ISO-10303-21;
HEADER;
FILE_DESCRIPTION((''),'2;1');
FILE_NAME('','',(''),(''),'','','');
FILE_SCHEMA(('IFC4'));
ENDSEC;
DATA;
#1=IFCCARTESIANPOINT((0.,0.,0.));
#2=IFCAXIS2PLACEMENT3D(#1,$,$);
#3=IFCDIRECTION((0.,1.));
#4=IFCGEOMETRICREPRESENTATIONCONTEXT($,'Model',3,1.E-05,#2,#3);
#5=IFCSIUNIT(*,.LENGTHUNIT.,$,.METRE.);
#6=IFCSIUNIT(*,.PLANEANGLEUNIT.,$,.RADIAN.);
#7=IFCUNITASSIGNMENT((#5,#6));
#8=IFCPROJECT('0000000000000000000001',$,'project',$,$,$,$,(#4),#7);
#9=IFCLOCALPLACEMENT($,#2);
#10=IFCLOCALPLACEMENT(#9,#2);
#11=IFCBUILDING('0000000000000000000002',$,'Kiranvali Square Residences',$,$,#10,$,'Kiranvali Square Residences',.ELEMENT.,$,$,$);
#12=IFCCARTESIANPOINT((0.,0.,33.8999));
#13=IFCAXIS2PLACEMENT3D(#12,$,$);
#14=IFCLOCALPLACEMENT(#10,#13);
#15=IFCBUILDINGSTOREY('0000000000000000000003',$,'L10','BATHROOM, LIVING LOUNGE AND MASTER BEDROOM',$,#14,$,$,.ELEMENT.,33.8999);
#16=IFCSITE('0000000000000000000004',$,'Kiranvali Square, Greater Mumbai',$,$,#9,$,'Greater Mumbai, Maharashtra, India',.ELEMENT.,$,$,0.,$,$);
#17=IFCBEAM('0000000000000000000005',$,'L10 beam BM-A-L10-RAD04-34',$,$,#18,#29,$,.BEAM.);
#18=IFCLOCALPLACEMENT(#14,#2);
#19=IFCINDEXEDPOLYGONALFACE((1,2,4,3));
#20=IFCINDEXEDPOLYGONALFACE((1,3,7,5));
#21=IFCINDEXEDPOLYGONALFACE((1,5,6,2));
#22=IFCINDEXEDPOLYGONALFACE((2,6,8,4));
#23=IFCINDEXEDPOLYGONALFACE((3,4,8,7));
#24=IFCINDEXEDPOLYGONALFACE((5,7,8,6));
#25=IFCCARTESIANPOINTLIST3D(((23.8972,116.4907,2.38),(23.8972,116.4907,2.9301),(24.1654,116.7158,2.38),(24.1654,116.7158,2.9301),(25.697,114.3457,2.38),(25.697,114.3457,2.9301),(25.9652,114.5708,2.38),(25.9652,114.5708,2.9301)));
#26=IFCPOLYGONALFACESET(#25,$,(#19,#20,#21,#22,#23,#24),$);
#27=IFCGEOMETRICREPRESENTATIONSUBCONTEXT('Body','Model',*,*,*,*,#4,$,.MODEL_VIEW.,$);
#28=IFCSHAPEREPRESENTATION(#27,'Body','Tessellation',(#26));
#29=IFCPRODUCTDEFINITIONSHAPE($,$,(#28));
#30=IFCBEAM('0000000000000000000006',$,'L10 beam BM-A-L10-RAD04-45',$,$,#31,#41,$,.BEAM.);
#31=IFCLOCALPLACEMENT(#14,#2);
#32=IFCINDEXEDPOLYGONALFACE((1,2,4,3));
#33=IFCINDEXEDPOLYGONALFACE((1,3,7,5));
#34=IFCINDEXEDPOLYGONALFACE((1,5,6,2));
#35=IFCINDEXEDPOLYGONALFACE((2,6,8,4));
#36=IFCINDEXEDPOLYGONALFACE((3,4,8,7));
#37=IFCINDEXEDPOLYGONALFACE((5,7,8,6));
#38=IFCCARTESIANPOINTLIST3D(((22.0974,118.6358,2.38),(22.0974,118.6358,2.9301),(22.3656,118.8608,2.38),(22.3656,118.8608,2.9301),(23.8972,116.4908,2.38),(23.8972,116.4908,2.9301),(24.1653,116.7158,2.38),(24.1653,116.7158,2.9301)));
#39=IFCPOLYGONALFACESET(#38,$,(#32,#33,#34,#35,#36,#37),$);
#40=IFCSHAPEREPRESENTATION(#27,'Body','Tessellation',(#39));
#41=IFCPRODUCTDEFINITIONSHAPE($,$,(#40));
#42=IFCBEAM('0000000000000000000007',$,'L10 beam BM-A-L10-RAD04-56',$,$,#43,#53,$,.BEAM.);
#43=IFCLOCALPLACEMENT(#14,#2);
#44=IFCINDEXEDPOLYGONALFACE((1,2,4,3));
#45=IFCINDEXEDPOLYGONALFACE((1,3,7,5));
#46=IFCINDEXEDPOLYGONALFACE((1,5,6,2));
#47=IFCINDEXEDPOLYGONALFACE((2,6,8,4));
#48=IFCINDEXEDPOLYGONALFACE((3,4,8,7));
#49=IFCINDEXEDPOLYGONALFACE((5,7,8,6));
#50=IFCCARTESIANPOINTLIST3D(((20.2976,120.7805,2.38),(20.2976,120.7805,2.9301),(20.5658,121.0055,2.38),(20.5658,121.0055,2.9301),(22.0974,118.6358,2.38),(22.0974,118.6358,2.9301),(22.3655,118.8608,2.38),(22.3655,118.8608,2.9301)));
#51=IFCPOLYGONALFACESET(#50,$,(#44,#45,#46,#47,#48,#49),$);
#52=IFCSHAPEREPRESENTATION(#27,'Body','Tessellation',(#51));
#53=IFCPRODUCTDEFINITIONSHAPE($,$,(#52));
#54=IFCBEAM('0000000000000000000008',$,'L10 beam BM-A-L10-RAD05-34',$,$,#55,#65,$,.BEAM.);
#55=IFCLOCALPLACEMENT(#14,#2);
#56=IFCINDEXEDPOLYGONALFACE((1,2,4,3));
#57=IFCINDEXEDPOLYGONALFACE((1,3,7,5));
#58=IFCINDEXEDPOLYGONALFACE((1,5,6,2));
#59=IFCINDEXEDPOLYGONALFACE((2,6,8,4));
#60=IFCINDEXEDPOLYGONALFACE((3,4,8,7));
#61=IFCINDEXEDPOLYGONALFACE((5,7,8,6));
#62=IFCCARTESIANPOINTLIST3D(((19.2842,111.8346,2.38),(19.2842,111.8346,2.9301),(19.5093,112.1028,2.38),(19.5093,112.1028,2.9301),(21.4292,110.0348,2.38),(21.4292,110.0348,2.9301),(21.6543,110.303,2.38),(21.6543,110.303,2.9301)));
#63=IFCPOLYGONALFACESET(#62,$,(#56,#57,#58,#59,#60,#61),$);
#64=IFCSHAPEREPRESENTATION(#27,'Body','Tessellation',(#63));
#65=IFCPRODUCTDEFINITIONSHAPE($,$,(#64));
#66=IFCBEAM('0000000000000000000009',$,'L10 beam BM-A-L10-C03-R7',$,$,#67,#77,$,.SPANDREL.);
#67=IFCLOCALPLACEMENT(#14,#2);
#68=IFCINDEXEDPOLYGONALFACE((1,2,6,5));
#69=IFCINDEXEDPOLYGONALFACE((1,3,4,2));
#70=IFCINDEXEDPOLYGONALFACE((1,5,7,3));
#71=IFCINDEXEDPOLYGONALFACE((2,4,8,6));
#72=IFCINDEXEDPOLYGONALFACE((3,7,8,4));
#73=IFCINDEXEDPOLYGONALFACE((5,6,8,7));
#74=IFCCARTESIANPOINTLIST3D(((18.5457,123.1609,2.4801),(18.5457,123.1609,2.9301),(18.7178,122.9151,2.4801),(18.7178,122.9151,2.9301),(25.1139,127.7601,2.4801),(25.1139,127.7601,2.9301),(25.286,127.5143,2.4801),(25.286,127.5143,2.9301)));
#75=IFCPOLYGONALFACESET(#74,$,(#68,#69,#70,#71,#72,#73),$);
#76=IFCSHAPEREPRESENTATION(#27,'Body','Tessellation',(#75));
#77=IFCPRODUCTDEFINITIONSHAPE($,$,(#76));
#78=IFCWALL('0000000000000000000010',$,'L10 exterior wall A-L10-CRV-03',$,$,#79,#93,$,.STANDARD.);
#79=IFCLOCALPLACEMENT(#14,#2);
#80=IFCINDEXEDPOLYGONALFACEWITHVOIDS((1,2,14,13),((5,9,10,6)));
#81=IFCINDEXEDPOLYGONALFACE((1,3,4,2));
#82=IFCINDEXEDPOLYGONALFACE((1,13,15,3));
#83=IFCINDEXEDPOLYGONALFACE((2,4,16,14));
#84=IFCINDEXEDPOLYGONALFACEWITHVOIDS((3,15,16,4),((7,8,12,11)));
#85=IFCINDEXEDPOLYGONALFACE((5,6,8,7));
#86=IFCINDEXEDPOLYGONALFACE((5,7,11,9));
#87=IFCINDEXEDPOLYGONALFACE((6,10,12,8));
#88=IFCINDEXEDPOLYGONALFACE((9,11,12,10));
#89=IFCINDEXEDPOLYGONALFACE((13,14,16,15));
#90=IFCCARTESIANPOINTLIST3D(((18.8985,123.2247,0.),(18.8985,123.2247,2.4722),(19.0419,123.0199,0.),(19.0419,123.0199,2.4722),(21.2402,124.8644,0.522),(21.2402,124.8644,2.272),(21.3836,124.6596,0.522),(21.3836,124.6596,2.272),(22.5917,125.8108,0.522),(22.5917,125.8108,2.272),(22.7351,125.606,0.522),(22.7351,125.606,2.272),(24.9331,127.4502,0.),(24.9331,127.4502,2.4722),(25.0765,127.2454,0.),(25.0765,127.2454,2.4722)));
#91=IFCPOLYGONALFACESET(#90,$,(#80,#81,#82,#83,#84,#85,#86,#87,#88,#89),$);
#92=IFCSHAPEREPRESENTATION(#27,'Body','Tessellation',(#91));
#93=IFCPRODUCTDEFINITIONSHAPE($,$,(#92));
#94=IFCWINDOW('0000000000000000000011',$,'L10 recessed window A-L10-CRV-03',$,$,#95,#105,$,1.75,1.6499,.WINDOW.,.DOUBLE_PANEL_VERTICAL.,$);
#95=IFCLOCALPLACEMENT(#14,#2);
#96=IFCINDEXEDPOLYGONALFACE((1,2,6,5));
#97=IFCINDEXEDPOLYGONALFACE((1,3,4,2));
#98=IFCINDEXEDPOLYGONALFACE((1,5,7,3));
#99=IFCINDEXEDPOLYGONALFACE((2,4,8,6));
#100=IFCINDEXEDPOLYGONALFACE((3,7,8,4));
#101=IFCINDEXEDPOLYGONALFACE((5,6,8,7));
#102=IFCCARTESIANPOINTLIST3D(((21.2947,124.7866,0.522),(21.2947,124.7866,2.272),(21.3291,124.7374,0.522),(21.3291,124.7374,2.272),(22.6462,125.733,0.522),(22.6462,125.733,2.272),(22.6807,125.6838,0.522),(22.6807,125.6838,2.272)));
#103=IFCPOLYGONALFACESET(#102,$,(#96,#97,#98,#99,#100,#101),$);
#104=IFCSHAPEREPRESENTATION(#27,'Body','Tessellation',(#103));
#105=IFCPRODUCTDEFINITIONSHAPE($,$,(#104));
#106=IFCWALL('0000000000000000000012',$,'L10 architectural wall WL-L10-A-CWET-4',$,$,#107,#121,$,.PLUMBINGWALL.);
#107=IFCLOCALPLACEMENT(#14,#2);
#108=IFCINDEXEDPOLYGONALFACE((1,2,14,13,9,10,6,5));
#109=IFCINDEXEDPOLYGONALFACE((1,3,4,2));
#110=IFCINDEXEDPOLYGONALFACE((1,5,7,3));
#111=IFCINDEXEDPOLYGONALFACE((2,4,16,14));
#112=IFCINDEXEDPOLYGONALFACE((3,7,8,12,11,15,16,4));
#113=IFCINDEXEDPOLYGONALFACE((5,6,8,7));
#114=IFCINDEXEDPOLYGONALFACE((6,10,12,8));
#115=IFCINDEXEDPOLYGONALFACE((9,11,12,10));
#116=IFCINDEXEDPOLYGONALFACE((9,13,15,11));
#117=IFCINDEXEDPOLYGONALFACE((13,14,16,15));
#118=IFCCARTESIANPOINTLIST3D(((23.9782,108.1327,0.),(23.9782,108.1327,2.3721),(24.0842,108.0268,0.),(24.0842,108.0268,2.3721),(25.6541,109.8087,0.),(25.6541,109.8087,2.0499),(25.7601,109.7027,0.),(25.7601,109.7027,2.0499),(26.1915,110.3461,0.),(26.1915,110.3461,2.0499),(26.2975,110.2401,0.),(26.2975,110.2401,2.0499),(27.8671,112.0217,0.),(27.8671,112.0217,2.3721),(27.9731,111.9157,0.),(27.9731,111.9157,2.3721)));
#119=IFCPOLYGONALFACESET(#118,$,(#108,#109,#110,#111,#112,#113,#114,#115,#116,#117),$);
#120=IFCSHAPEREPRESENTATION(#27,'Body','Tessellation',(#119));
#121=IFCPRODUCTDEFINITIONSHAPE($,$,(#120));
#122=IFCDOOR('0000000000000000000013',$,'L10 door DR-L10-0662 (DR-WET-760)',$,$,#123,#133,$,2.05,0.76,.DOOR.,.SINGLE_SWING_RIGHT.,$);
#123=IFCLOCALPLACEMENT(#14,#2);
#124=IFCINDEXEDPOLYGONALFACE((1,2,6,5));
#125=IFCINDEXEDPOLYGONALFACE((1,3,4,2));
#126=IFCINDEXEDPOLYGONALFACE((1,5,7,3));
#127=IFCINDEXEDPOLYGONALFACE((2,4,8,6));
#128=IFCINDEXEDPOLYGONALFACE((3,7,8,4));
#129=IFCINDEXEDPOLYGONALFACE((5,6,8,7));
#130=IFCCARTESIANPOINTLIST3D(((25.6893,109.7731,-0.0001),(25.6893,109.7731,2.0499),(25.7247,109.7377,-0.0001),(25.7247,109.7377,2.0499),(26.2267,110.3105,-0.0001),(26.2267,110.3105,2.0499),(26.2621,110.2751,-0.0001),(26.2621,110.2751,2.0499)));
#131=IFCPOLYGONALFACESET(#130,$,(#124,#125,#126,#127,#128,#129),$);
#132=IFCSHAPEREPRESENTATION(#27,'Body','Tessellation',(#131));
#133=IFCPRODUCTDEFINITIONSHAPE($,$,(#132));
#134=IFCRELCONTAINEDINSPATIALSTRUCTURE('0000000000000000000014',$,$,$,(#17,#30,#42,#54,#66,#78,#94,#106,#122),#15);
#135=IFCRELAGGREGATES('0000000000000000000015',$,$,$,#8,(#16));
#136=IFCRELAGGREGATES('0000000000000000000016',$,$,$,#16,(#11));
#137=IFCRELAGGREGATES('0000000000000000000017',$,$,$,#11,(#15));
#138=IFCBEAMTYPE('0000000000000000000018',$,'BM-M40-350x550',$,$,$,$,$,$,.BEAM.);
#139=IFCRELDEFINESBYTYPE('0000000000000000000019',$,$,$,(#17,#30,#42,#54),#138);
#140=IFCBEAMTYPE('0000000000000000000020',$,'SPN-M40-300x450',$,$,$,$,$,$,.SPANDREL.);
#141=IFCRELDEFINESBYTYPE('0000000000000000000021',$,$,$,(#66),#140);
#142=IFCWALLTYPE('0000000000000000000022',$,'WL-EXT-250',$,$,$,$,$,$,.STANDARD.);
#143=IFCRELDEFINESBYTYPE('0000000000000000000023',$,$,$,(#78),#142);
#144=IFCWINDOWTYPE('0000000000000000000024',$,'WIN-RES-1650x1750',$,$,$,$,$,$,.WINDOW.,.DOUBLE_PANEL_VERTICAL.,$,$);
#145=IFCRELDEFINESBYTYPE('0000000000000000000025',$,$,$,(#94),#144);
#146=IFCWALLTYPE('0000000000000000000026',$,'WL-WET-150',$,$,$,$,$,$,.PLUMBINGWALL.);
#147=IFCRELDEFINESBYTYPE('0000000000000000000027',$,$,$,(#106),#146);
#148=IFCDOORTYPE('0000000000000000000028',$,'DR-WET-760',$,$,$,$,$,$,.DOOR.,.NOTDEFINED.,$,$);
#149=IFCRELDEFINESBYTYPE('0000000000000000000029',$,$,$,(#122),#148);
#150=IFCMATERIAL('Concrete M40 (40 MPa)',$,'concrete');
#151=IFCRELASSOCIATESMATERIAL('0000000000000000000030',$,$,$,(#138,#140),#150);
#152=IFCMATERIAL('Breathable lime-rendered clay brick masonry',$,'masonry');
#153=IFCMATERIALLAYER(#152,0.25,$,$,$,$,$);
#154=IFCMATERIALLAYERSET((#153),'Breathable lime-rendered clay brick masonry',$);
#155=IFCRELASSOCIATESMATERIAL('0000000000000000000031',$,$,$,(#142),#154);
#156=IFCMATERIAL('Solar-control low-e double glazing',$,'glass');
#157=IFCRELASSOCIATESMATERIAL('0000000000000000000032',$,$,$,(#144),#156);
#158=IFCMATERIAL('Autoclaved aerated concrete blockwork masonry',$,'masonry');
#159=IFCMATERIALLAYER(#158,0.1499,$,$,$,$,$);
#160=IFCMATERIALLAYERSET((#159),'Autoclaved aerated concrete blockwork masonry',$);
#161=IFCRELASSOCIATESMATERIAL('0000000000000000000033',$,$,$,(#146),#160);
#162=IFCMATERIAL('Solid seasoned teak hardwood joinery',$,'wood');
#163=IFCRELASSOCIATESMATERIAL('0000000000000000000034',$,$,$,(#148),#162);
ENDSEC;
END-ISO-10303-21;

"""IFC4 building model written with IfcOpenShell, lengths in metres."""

from ifc_helpers import new_model, si_unit, direction, frame, frame_2d, origin, origin_2d, place, context, subcontext, project, spatial, rectangle, extrude, material, layer, layer_set, material_profile, profile_set, type_object, element, fill, save


model = new_model("IFC4")

# Units and contexts
model_context = context("Model", 3, precision=1e-05, world=origin(), true_north=direction((0.0, 1.0)))
body_context = subcontext(model_context, "Body", "Model", "MODEL_VIEW")
ifc_project = project(units=[si_unit("LENGTHUNIT", "METRE"), si_unit("PLANEANGLEUNIT", "RADIAN")], contexts=[model_context])

# Site, building, storey
site_placement = place(None, origin())
site = spatial("IfcSite", under=ifc_project, at=site_placement, Name="Kiranvali Square, Greater Mumbai", LongName="Greater Mumbai, Maharashtra, India", CompositionType="ELEMENT", RefElevation=0.0)
building_placement = place(site_placement, origin())
building = spatial("IfcBuilding", under=site, at=building_placement, Name="Kiranvali Square Residences", LongName="Kiranvali Square Residences", CompositionType="ELEMENT")
storey_placement = place(building_placement, frame((0.0, 0.0, 33.8999)))
storey = spatial("IfcBuildingStorey", under=building, at=storey_placement, Name="L10", Description="BATHROOM, LIVING LOUNGE AND MASTER BEDROOM", CompositionType="ELEMENT", Elevation=33.8999)

# Shared definitions
ifc_material_1 = material(Name="Concrete M40 (40 MPa)", Category="concrete")

# Beams
ifc_material_profile_1 = material_profile(ifc_material_1, rectangle(XDim=0.3501, YDim=0.55, at=origin_2d()), Name="RC 350x550")
ifc_profile_set_1 = profile_set([ifc_material_profile_1], Name="Concrete M40 (40 MPa)")
beam_type_1 = type_object("IfcBeamType", Name="BM-M40-350x550", PredefinedType="BEAM", material=ifc_profile_set_1)
for number, where, z_axis, x_axis, name in (
    (1, (25.8311, 114.4583, 2.655), (-0.642771, 0.766059, 0.0), (-0.766059, -0.642771, 0.0), "L10 beam BM-A-L10-RAD04-34"),
    (2, (24.0312, 116.6033, 2.655), (-0.642771, 0.766059, 0.0), (-0.766059, -0.642771, 0.0), "L10 beam BM-A-L10-RAD04-45"),
):
    element("IfcBeam", number, at=place(storey_placement, frame(where, z_axis=z_axis, x_axis=x_axis)), inside=storey, type_object=beam_type_1, Name=name, PredefinedType="BEAM", context=body_context, shape_type="SweptSolid", body=[
        extrude(rectangle(XDim=0.3501, YDim=0.55, at=origin_2d()), origin(), (0.0, 0.0, 1.0), 2.8),
    ])
beam_1_placement = place(storey_placement, frame((22.2314, 118.7483, 2.655), z_axis=(-0.642814, 0.766023, 0.0), x_axis=(-0.766023, -0.642814, 0.0)))
element("IfcBeam", 3, at=beam_1_placement, inside=storey, type_object=beam_type_1, Name="L10 beam BM-A-L10-RAD04-56", PredefinedType="BEAM", context=body_context, shape_type="SweptSolid", body=[
    extrude(rectangle(XDim=0.3501, YDim=0.55, at=origin_2d()), origin(), (0.0, 0.0, 1.0), 2.7998),
])
beam_2_placement = place(storey_placement, frame((21.5417, 110.1689, 2.655), z_axis=(-0.766059, 0.642771, 0.0), x_axis=(-0.642771, -0.766059, 0.0)))
element("IfcBeam", 4, at=beam_2_placement, inside=storey, type_object=beam_type_1, Name="L10 beam BM-A-L10-RAD05-34", PredefinedType="BEAM", context=body_context, shape_type="SweptSolid", body=[
    extrude(rectangle(XDim=0.3501, YDim=0.55, at=origin_2d()), origin(), (0.0, 0.0, 1.0), 2.8),
])
ifc_material_profile_2 = material_profile(ifc_material_1, rectangle(XDim=0.3, YDim=0.45, at=origin_2d()), Name="RC 300x450")
ifc_profile_set_2 = profile_set([ifc_material_profile_2], Name="Concrete M40 (40 MPa)")
beam_type_2 = type_object("IfcBeamType", Name="SPN-M40-300x450", PredefinedType="SPANDREL", material=ifc_profile_set_2)
beam_3_placement = place(storey_placement, frame((25.2, 127.6372, 2.7051), z_axis=(-0.819148, -0.573583, 0.0), x_axis=(0.573583, -0.819148, 0.0)))
element("IfcBeam", 5, at=beam_3_placement, inside=storey, type_object=beam_type_2, Name="L10 beam BM-A-L10-C03-R7", PredefinedType="SPANDREL", context=body_context, shape_type="SweptSolid", body=[
    extrude(rectangle(XDim=0.3, YDim=0.45, at=origin_2d()), origin(), (0.0, 0.0, 1.0), 8.0183),
])

# Wall, opening, window
ifc_material_2 = material(Name="Breathable lime-rendered clay brick masonry", Category="masonry")
ifc_layer_1 = layer(ifc_material_2, 0.25)
ifc_layer_set_1 = layer_set([ifc_layer_1], Name="Breathable lime-rendered clay brick masonry")
wall_type_1 = type_object("IfcWallType", Name="WL-EXT-250", PredefinedType="STANDARD", material=ifc_layer_set_1)
wall_1_placement = place(storey_placement, frame((25.0049, 127.3479, 0.0), z_axis=(0.0, 0.0, 1.0), x_axis=(-0.819148, -0.573582, 0.0)))
wall_1 = element("IfcWall", 6, at=wall_1_placement, inside=storey, type_object=wall_type_1, Name="L10 exterior wall A-L10-CRV-03", PredefinedType="STANDARD", context=body_context, shape_type="SweptSolid", body=[
    extrude(rectangle(XDim=7.3669, YDim=0.25, at=frame_2d((3.6836, 0.0))), origin(), (0.0, 0.0, 1.0), 2.4722),
])
opening_1_placement = place(wall_1_placement, frame((2.8584, 0.0, 0.522)))
opening_1 = element("IfcOpeningElement", 7, at=opening_1_placement, cuts=wall_1, PredefinedType="OPENING", context=body_context, shape_type="SweptSolid", body=[
    extrude(rectangle(XDim=1.6499, YDim=1.75, at=frame_2d((0.825, 0.875))), frame((0.0, 0.135, 0.0), z_axis=(0.0, -1.0, 0.0), x_axis=(1.0, 0.0, 0.0)), (0.0, 0.0, 1.0), 0.27),
])
ifc_material_3 = material(Name="Solar-control low-e double glazing", Category="glass")
window_type = type_object("IfcWindowType", Name="WIN-RES-1650x1750", PartitioningType="DOUBLE_PANEL_VERTICAL", PredefinedType="WINDOW", material=ifc_material_3)
window_placement = place(opening_1_placement, origin())
window = element("IfcWindow", 8, at=window_placement, inside=storey, type_object=window_type, Name="L10 recessed window A-L10-CRV-03", OverallHeight=1.75, OverallWidth=1.6499, PartitioningType="DOUBLE_PANEL_VERTICAL", PredefinedType="WINDOW", context=body_context, shape_type="SweptSolid", body=[
    extrude(rectangle(XDim=1.6499, YDim=1.75, at=frame_2d((0.825, 0.875))), frame((0.0, 0.03, 0.0), z_axis=(0.0, -1.0, 0.0), x_axis=(1.0, 0.0, 0.0)), (0.0, 0.0, 1.0), 0.0601),
])
fill(opening_1, window)

# Wall, opening, door
ifc_material_4 = material(Name="Autoclaved aerated concrete blockwork masonry", Category="masonry")
ifc_layer_2 = layer(ifc_material_4, 0.1499)
ifc_layer_set_2 = layer_set([ifc_layer_2], Name="Autoclaved aerated concrete blockwork masonry")
wall_type_2 = type_object("IfcWallType", Name="WL-WET-150", PredefinedType="PLUMBINGWALL", material=ifc_layer_set_2)
wall_2_placement = place(storey_placement, frame((27.9202, 111.9688, 0.0), z_axis=(0.0, 0.0, 1.0), x_axis=(-0.707107, -0.707107, 0.0)))
wall_2 = element("IfcWall", 9, at=wall_2_placement, inside=storey, type_object=wall_type_2, Name="L10 architectural wall WL-L10-A-CWET-4", PredefinedType="PLUMBINGWALL", context=body_context, shape_type="SweptSolid", body=[
    extrude(rectangle(XDim=5.4998, YDim=0.1499, at=frame_2d((2.75, 0.0))), origin(), (0.0, 0.0, 1.0), 2.3721),
])
opening_2_placement = place(wall_2_placement, frame((2.3699, 0.0, 0.0)))
opening_2 = element("IfcOpeningElement", 10, at=opening_2_placement, cuts=wall_2, PredefinedType="OPENING", context=body_context, shape_type="SweptSolid", body=[
    extrude(rectangle(XDim=0.76, YDim=2.05, at=frame_2d((0.3799, 1.0249))), frame((0.0, 0.085, 0.0), z_axis=(0.0, -1.0, 0.0), x_axis=(1.0, 0.0, 0.0)), (0.0, 0.0, 1.0), 0.1699),
])
ifc_material_5 = material(Name="Solid seasoned teak hardwood joinery", Category="wood")
door_type = type_object("IfcDoorType", Name="DR-WET-760", OperationType="NOTDEFINED", PredefinedType="DOOR", material=ifc_material_5)
door_placement = place(opening_2_placement, frame((0.76, 0.0, 0.0), z_axis=(0.0, 0.0, 1.0), x_axis=(-1.0, 0.0, 0.0)))
door = element("IfcDoor", 11, at=door_placement, inside=storey, type_object=door_type, Name="L10 door DR-L10-0662 (DR-WET-760)", OperationType="SINGLE_SWING_RIGHT", OverallHeight=2.05, OverallWidth=0.76, PredefinedType="DOOR", context=body_context, shape_type="SweptSolid", body=[
    extrude(rectangle(XDim=0.76, YDim=2.05, at=frame_2d((0.3799, 1.0249))), frame((0.0, 0.0249, 0.0), z_axis=(0.0, -1.0, 0.0), x_axis=(1.0, 0.0, 0.0)), (0.0, 0.0, 1.0), 0.05),
])
fill(opening_2, door)

save(model, "model.ifc")
